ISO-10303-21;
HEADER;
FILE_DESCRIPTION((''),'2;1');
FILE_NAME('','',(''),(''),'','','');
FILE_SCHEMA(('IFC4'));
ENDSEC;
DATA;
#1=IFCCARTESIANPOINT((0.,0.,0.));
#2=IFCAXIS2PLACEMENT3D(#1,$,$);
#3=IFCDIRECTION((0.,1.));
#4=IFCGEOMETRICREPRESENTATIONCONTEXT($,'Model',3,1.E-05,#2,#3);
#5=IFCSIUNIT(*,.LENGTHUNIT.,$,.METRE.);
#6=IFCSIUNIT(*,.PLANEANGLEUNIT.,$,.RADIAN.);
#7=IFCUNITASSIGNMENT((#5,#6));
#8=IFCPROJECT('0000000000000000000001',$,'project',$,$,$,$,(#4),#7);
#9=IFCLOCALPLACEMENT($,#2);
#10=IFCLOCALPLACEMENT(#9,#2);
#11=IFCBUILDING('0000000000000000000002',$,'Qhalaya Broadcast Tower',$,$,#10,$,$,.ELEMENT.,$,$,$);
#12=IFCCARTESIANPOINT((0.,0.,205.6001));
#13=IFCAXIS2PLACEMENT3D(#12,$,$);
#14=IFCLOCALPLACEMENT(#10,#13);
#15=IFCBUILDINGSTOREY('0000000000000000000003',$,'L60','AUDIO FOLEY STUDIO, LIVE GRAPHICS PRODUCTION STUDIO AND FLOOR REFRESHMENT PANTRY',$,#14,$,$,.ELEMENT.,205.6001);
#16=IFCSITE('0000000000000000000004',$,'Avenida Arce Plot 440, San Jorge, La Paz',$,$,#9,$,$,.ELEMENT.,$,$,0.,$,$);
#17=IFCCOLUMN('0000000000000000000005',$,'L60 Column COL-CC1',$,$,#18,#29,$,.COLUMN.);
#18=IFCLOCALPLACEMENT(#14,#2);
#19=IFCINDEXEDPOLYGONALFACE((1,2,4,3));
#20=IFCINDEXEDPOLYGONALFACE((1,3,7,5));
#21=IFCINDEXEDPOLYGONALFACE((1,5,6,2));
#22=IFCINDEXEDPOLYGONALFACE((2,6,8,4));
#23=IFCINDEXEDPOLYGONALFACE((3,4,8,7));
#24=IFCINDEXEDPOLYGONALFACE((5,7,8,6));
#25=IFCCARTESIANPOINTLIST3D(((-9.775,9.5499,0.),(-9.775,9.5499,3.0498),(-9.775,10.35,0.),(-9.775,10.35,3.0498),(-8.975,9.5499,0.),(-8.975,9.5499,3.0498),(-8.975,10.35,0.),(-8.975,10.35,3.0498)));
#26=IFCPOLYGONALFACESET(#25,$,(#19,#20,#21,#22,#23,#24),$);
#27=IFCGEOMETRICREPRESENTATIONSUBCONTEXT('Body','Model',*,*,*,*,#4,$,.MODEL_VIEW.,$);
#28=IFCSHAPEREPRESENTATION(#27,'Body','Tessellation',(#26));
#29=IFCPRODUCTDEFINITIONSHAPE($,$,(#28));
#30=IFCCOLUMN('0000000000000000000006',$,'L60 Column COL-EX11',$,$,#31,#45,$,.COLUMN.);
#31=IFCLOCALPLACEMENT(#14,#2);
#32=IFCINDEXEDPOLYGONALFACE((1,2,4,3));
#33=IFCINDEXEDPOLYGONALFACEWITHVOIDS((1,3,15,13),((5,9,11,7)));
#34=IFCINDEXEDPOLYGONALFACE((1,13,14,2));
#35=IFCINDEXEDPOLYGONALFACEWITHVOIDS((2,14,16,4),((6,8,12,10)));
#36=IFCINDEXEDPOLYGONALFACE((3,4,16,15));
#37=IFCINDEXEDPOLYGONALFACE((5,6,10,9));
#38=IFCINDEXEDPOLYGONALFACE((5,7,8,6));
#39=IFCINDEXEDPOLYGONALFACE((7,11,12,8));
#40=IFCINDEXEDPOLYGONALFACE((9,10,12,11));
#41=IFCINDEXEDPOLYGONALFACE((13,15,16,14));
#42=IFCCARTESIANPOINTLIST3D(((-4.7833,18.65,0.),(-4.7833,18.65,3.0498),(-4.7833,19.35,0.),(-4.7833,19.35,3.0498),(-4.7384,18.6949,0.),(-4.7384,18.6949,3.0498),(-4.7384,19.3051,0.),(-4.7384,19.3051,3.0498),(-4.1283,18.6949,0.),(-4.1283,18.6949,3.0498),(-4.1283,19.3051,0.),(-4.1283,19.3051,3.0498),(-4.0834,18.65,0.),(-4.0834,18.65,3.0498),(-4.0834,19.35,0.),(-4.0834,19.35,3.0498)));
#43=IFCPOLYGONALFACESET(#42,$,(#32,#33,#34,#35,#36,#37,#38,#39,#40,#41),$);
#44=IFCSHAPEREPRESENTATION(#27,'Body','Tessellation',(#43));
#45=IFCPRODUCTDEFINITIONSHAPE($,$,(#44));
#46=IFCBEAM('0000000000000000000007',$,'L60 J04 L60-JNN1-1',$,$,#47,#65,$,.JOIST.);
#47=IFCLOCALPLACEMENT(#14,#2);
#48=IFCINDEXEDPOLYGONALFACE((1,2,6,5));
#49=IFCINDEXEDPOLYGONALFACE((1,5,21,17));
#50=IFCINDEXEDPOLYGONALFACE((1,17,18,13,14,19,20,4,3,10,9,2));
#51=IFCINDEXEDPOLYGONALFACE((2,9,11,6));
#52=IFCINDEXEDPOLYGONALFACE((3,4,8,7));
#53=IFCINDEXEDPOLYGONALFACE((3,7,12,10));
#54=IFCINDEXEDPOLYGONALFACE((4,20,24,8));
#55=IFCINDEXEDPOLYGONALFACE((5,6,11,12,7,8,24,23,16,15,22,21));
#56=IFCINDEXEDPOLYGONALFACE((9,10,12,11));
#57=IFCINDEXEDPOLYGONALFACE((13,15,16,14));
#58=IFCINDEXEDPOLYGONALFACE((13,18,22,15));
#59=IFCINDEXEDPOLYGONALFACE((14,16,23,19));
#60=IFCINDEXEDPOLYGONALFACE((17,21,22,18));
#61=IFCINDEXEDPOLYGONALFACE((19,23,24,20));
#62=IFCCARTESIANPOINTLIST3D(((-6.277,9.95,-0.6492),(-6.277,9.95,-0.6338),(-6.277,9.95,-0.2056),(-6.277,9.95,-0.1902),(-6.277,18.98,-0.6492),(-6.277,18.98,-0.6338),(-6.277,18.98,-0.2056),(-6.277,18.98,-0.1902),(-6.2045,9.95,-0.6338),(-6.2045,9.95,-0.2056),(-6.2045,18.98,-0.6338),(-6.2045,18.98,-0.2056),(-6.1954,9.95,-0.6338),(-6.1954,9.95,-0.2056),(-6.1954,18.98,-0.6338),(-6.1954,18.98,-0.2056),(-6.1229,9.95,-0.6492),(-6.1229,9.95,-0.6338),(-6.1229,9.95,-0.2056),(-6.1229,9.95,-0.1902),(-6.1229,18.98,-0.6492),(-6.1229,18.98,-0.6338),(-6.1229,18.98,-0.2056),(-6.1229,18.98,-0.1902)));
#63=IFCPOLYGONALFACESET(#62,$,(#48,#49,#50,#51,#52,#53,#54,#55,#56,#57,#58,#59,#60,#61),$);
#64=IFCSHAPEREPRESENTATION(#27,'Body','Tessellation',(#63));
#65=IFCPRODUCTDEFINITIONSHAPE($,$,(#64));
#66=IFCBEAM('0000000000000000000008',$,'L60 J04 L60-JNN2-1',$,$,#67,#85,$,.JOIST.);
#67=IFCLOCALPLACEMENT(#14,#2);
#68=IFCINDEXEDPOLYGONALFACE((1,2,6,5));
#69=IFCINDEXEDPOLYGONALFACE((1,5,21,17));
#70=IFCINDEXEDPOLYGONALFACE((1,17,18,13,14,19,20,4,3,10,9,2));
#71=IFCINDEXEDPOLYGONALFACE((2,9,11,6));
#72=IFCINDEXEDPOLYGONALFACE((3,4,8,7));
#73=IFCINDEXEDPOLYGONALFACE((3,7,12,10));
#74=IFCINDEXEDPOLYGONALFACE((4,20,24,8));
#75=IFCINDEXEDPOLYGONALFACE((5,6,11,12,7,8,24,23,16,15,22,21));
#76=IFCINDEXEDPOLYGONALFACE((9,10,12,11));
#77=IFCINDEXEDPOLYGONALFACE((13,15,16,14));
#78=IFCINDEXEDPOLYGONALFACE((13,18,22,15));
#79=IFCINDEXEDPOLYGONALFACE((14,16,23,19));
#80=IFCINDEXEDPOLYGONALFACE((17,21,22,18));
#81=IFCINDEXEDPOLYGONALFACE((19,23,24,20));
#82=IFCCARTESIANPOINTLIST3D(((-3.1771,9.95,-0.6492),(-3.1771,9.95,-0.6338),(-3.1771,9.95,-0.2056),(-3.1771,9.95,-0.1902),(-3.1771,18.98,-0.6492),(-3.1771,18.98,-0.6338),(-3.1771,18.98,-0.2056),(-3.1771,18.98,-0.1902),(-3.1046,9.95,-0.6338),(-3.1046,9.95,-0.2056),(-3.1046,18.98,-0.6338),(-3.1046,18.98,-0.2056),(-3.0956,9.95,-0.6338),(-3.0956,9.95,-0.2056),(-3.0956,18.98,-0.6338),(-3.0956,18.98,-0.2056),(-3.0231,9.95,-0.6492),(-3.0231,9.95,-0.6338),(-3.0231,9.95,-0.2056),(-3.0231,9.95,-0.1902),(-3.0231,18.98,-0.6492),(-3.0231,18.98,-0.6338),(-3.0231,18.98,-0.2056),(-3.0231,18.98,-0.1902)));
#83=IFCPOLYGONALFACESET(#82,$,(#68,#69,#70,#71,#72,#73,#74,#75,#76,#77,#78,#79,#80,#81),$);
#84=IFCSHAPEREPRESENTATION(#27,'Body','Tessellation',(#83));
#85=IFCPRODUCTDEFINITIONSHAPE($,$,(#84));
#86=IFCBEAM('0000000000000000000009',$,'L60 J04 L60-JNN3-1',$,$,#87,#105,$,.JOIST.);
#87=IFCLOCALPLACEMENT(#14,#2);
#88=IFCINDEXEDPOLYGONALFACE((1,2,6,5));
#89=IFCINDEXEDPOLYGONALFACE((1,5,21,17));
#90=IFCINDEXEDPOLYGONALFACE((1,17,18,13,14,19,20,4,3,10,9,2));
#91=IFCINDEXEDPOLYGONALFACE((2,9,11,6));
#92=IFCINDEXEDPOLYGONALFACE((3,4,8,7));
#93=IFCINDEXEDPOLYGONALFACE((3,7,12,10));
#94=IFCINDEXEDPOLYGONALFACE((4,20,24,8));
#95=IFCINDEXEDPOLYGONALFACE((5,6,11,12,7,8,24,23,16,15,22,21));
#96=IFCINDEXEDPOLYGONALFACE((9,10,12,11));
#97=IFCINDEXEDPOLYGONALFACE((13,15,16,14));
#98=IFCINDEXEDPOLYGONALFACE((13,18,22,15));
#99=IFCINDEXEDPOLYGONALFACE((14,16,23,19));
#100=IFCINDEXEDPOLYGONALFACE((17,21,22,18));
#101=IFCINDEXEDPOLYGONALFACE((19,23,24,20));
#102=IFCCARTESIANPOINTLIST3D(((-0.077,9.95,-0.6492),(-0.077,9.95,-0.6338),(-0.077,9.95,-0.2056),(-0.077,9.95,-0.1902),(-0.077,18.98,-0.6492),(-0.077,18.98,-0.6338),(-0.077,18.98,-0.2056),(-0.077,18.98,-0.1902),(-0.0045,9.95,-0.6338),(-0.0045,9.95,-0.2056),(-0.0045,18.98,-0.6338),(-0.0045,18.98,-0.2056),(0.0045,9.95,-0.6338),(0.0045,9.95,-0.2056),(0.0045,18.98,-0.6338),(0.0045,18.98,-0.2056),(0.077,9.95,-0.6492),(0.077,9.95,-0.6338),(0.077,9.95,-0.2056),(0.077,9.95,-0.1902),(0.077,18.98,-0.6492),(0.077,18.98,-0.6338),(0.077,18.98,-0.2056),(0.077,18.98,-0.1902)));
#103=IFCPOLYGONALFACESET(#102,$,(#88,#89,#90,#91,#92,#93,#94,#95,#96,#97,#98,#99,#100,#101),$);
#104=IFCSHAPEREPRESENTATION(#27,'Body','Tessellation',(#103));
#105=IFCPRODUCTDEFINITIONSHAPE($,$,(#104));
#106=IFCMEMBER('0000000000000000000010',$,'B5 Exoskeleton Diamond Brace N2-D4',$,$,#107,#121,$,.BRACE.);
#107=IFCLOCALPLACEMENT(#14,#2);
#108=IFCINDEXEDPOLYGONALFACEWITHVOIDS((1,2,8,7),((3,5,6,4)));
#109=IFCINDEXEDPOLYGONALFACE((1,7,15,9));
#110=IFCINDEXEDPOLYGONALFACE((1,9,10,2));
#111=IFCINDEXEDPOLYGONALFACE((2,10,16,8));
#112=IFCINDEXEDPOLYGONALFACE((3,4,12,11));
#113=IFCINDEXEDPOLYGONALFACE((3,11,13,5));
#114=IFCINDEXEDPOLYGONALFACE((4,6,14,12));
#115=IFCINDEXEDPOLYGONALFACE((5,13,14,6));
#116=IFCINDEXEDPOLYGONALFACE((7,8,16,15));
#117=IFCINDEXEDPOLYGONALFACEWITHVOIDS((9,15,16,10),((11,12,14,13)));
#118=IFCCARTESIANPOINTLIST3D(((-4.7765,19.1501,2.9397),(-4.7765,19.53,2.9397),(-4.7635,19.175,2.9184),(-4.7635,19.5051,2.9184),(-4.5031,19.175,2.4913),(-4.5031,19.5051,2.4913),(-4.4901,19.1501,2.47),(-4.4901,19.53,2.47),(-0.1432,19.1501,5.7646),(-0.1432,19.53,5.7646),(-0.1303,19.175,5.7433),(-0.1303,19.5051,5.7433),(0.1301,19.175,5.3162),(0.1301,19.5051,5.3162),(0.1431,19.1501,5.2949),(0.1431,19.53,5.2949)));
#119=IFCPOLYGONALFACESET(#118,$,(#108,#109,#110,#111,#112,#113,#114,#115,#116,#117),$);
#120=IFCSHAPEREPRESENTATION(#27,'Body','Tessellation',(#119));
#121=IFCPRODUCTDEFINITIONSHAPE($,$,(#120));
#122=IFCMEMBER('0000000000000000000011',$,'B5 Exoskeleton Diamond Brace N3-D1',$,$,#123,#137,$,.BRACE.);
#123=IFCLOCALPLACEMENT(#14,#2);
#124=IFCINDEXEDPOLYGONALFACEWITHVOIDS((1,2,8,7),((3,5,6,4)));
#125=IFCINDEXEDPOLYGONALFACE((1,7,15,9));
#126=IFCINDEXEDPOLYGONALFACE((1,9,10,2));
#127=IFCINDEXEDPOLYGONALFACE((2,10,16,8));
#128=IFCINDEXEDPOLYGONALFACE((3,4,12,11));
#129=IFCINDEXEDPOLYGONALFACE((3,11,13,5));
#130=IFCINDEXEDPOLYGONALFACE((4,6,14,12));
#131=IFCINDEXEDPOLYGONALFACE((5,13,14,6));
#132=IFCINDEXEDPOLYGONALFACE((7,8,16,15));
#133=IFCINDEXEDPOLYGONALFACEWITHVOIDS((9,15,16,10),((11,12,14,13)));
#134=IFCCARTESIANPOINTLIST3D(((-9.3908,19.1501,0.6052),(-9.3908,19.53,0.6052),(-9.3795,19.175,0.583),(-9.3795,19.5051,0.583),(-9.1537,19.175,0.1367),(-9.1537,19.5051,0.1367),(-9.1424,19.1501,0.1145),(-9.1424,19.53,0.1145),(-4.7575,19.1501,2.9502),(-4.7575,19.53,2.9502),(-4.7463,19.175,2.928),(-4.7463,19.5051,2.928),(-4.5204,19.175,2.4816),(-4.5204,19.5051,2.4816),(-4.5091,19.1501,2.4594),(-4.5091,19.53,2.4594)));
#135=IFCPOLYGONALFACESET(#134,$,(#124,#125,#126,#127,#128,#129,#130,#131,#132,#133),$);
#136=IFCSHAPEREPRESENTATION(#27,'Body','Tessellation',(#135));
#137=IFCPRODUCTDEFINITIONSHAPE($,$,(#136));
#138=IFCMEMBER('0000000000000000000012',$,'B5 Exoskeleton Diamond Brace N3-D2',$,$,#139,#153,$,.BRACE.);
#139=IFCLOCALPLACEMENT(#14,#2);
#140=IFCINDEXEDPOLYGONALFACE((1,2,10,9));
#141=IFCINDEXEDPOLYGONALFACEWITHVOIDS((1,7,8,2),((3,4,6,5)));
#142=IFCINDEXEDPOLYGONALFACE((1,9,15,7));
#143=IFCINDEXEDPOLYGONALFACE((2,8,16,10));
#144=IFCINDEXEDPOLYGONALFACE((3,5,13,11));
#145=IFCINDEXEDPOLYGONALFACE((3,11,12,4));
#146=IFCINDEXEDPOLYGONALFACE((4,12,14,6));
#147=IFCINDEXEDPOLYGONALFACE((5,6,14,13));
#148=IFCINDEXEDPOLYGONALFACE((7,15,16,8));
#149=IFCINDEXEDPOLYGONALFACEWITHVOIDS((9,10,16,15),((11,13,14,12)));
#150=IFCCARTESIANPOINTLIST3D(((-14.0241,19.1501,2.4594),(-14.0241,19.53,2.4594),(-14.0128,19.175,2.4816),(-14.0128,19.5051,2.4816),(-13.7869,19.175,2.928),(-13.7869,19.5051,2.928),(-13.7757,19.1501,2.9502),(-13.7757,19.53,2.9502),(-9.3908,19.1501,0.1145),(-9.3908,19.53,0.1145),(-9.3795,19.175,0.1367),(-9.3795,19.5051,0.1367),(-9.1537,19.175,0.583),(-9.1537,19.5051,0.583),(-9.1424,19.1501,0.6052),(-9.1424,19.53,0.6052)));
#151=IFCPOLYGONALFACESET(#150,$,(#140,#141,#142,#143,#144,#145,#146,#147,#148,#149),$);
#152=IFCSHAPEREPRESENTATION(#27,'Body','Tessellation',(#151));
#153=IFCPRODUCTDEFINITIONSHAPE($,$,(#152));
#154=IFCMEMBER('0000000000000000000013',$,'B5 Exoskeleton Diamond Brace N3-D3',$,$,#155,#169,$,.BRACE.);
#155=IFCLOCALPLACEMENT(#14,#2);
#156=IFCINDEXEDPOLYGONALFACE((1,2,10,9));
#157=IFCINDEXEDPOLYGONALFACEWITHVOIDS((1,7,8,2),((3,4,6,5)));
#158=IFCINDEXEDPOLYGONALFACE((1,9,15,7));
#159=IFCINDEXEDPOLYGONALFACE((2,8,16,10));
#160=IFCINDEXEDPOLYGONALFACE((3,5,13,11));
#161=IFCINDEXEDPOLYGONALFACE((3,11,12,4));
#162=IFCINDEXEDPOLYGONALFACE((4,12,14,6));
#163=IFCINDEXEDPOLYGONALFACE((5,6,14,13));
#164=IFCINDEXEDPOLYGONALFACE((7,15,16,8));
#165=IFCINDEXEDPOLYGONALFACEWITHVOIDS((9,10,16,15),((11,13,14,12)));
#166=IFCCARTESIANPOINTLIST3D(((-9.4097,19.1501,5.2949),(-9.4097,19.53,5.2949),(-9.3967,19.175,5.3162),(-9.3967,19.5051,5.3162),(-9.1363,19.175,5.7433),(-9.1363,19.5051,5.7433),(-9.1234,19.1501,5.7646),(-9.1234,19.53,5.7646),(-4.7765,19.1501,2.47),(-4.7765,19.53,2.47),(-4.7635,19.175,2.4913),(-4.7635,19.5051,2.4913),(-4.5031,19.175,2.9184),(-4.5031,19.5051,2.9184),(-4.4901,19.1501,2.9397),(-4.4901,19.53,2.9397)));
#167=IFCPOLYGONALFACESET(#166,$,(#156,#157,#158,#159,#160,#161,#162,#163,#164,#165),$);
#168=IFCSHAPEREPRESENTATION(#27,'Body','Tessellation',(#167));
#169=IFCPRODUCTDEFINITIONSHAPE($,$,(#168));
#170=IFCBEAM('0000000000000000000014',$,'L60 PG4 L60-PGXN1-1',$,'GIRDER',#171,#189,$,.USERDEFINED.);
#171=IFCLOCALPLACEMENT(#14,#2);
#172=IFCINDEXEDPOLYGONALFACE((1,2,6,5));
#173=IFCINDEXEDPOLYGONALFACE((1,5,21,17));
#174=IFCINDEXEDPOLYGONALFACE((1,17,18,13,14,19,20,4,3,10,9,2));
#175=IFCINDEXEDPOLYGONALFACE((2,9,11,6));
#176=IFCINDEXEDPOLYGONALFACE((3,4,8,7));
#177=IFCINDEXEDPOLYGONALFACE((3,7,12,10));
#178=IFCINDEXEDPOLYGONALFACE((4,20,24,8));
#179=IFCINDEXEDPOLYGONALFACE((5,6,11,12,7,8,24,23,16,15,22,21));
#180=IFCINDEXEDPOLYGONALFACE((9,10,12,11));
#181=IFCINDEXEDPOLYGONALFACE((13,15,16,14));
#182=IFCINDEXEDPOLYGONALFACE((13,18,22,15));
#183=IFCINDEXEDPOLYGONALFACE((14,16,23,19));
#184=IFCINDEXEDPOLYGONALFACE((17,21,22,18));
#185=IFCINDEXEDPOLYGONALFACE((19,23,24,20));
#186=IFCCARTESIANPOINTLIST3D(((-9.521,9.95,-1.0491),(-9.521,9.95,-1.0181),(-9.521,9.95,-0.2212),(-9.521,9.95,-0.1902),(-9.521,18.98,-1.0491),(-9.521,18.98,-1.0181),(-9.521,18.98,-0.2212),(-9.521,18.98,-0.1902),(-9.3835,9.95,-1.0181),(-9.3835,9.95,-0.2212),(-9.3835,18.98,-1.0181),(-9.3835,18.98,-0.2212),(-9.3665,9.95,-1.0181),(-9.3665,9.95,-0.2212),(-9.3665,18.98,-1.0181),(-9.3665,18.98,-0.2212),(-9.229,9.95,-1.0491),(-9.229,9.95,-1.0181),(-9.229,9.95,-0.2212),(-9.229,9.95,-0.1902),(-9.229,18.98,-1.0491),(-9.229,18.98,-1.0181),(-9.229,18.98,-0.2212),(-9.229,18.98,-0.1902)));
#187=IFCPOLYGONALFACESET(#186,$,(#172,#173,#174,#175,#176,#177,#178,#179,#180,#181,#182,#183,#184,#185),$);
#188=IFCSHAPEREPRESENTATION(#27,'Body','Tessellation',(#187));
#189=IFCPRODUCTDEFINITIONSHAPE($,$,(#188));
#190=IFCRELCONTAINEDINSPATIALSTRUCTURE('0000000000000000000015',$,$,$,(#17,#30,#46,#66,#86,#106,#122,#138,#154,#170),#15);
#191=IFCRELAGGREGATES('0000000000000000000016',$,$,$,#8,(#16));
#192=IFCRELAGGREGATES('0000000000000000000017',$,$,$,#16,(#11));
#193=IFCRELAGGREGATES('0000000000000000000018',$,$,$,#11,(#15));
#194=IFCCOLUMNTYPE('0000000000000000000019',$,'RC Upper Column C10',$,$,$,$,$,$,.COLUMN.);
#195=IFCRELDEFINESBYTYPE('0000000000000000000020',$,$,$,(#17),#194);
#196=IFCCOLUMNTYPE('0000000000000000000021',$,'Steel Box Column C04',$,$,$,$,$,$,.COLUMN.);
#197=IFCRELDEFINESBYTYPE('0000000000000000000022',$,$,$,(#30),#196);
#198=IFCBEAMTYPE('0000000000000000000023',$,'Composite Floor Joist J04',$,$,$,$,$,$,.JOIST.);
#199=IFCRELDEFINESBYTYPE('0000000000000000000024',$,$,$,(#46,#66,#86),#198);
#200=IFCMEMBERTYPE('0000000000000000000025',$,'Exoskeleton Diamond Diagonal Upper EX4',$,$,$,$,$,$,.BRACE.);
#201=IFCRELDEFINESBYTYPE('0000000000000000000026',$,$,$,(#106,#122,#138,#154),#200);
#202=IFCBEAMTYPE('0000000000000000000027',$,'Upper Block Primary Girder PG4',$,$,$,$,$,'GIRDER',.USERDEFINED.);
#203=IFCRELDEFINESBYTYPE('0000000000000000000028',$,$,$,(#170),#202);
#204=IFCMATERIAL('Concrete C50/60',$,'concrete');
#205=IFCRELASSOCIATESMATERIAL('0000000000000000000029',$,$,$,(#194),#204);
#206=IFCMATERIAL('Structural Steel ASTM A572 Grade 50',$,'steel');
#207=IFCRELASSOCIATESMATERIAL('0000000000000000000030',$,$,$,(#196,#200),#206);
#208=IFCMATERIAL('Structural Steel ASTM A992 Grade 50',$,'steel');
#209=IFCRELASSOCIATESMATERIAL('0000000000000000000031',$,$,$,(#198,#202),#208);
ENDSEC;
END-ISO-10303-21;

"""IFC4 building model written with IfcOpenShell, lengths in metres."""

from ifc_helpers import new_model, si_unit, direction, frame, origin, origin_2d, place, context, subcontext, project, spatial, rectangle, hollow_rectangle, i_section, extrude, material, material_profile, profile_set, type_object, element, save


model = new_model("IFC4")

# Units and contexts
model_context = context("Model", 3, precision=1e-05, world=origin(), true_north=direction((0.0, 1.0)))
body_context = subcontext(model_context, "Body", "Model", "MODEL_VIEW")
ifc_project = project(units=[si_unit("LENGTHUNIT", "METRE"), si_unit("PLANEANGLEUNIT", "RADIAN")], contexts=[model_context])

# Site, building, storey
site_placement = place(None, origin())
site = spatial("IfcSite", under=ifc_project, at=site_placement, Name="Avenida Arce Plot 440, San Jorge, La Paz", CompositionType="ELEMENT", RefElevation=0.0)
building_placement = place(site_placement, origin())
building = spatial("IfcBuilding", under=site, at=building_placement, Name="Qhalaya Broadcast Tower", CompositionType="ELEMENT")
storey_placement = place(building_placement, frame((0.0, 0.0, 205.6001)))
storey = spatial("IfcBuildingStorey", under=building, at=storey_placement, Name="L60", Description="AUDIO FOLEY STUDIO, LIVE GRAPHICS PRODUCTION STUDIO AND FLOOR REFRESHMENT PANTRY", CompositionType="ELEMENT", Elevation=205.6001)

# Columns
ifc_material_1 = material(Name="Concrete C50/60", Category="concrete")
ifc_material_profile_1 = material_profile(ifc_material_1, rectangle(XDim=0.8, YDim=0.8, at=origin_2d()), Name="RC-COL 800x800")
ifc_profile_set_1 = profile_set([ifc_material_profile_1], Name="Concrete C50/60")
column_type_1 = type_object("IfcColumnType", Name="RC Upper Column C10", PredefinedType="COLUMN", material=ifc_profile_set_1)
column_1_placement = place(storey_placement, frame((-9.375, 9.95, 0.0), z_axis=(0.0, 0.0, 1.0), x_axis=(1.0, 0.0, 0.0)))
element("IfcColumn", 1, at=column_1_placement, inside=storey, type_object=column_type_1, Name="L60 Column COL-CC1", PredefinedType="COLUMN", context=body_context, shape_type="SweptSolid", body=[
    extrude(rectangle(XDim=0.8, YDim=0.8, at=origin_2d()), origin(), (0.0, 0.0, 1.0), 3.0498),
])
ifc_material_2 = material(Name="Structural Steel ASTM A572 Grade 50", Category="steel")
ifc_material_profile_2 = material_profile(ifc_material_2, hollow_rectangle(XDim=0.7, YDim=0.7, WallThickness=0.0449, at=origin_2d()), Name="BOX 700x700x45")
ifc_profile_set_2 = profile_set([ifc_material_profile_2], Name="Structural Steel ASTM A572 Grade 50")
column_type_2 = type_object("IfcColumnType", Name="Steel Box Column C04", PredefinedType="COLUMN", material=ifc_profile_set_2)
column_2_placement = place(storey_placement, frame((-4.4333, 19.0, 0.0), z_axis=(0.0, 0.0, 1.0), x_axis=(1.0, 0.0, 0.0)))
element("IfcColumn", 2, at=column_2_placement, inside=storey, type_object=column_type_2, Name="L60 Column COL-EX11", PredefinedType="COLUMN", context=body_context, shape_type="SweptSolid", body=[
    extrude(hollow_rectangle(XDim=0.7, YDim=0.7, WallThickness=0.0449, at=origin_2d()), origin(), (0.0, 0.0, 1.0), 3.0498),
])

# Beams
ifc_material_3 = material(Name="Structural Steel ASTM A992 Grade 50", Category="steel")
ifc_material_profile_3 = material_profile(ifc_material_3, i_section(OverallWidth=0.1541, OverallDepth=0.459, WebThickness=0.009, FlangeThickness=0.0154, at=origin_2d()), Name="W18X46")
ifc_profile_set_3 = profile_set([ifc_material_profile_3], Name="Structural Steel ASTM A992 Grade 50")
beam_type_1 = type_object("IfcBeamType", Name="Composite Floor Joist J04", PredefinedType="JOIST", material=ifc_profile_set_3)
for number, where, z_axis, x_axis, name in (
    (3, (-6.2, 9.95, -0.4197), (0.0, 1.0, 0.0), (-1.0, 0.0, 0.0), "L60 J04 L60-JNN1-1"),
    (4, (-3.1001, 9.95, -0.4197), (0.0, 1.0, 0.0), (-1.0, 0.0, 0.0), "L60 J04 L60-JNN2-1"),
    (5, (0.0, 9.95, -0.4197), (0.0, 1.0, 0.0), (-1.0, 0.0, 0.0), "L60 J04 L60-JNN3-1"),
):
    element("IfcBeam", number, at=place(storey_placement, frame(where, z_axis=z_axis, x_axis=x_axis)), inside=storey, type_object=beam_type_1, Name=name, PredefinedType="JOIST", context=body_context, shape_type="SweptSolid", body=[
        extrude(i_section(OverallWidth=0.1541, OverallDepth=0.459, WebThickness=0.009, FlangeThickness=0.0154, at=origin_2d()), origin(), (0.0, 0.0, 1.0), 9.03),
    ])

# Members
ifc_material_profile_4 = material_profile(ifc_material_2, hollow_rectangle(XDim=0.3799, YDim=0.55, WallThickness=0.0249, at=origin_2d()), Name="BOX 380x550x25")
ifc_profile_set_4 = profile_set([ifc_material_profile_4], Name="Structural Steel ASTM A572 Grade 50")
member_type = type_object("IfcMemberType", Name="Exoskeleton Diamond Diagonal Upper EX4", PredefinedType="BRACE", material=ifc_profile_set_4)
member_1_placement = place(storey_placement, frame((-4.6333, 19.3401, 2.7048), z_axis=(0.853815, 0.0, 0.520576), x_axis=(0.0, 1.0, 0.0)))
element("IfcMember", 6, at=member_1_placement, inside=storey, type_object=member_type, Name="B5 Exoskeleton Diamond Brace N2-D4", PredefinedType="BRACE", context=body_context, shape_type="SweptSolid", body=[
    extrude(hollow_rectangle(XDim=0.3799, YDim=0.55, WallThickness=0.0249, at=origin_2d()), origin(), (0.0, 0.0, 1.0), 5.4265),
])
for number, where, z_axis, x_axis, name in (
    (7, (-9.2666, 19.3401, 0.3599), (0.892235, 0.0, 0.451571), (0.0, 1.0, 0.0), "B5 Exoskeleton Diamond Brace N3-D1"),
    (8, (-9.2666, 19.3401, 0.3599), (-0.892235, 0.0, 0.451571), (0.0, -1.0, 0.0), "B5 Exoskeleton Diamond Brace N3-D2"),
):
    element("IfcMember", number, at=place(storey_placement, frame(where, z_axis=z_axis, x_axis=x_axis)), inside=storey, type_object=member_type, Name=name, PredefinedType="BRACE", context=body_context, shape_type="SweptSolid", body=[
        extrude(hollow_rectangle(XDim=0.3799, YDim=0.55, WallThickness=0.0249, at=origin_2d()), origin(), (0.0, 0.0, 1.0), 5.1929),
    ])
member_2_placement = place(storey_placement, frame((-4.6333, 19.3401, 2.7048), z_axis=(-0.853815, 0.0, 0.520576), x_axis=(0.0, -1.0, 0.0)))
element("IfcMember", 9, at=member_2_placement, inside=storey, type_object=member_type, Name="B5 Exoskeleton Diamond Brace N3-D3", PredefinedType="BRACE", context=body_context, shape_type="SweptSolid", body=[
    extrude(hollow_rectangle(XDim=0.3799, YDim=0.55, WallThickness=0.0249, at=origin_2d()), origin(), (0.0, 0.0, 1.0), 5.4265),
])

# Beam
ifc_material_profile_5 = material_profile(ifc_material_3, i_section(OverallWidth=0.292, OverallDepth=0.8589, WebThickness=0.0171, FlangeThickness=0.031, at=origin_2d()), Name="W33X169")
ifc_profile_set_5 = profile_set([ifc_material_profile_5], Name="Structural Steel ASTM A992 Grade 50")
beam_type_2 = type_object("IfcBeamType", Name="Upper Block Primary Girder PG4", ElementType="GIRDER", PredefinedType="USERDEFINED", material=ifc_profile_set_5)
beam_1_placement = place(storey_placement, frame((-9.375, 9.95, -0.6196), z_axis=(0.0, 1.0, 0.0), x_axis=(-1.0, 0.0, 0.0)))
element("IfcBeam", 10, at=beam_1_placement, inside=storey, type_object=beam_type_2, Name="L60 PG4 L60-PGXN1-1", ObjectType="GIRDER", PredefinedType="USERDEFINED", context=body_context, shape_type="SweptSolid", body=[
    extrude(i_section(OverallWidth=0.292, OverallDepth=0.8589, WebThickness=0.0171, FlangeThickness=0.031, at=origin_2d()), origin(), (0.0, 0.0, 1.0), 9.03),
])

save(model, "model.ifc")
